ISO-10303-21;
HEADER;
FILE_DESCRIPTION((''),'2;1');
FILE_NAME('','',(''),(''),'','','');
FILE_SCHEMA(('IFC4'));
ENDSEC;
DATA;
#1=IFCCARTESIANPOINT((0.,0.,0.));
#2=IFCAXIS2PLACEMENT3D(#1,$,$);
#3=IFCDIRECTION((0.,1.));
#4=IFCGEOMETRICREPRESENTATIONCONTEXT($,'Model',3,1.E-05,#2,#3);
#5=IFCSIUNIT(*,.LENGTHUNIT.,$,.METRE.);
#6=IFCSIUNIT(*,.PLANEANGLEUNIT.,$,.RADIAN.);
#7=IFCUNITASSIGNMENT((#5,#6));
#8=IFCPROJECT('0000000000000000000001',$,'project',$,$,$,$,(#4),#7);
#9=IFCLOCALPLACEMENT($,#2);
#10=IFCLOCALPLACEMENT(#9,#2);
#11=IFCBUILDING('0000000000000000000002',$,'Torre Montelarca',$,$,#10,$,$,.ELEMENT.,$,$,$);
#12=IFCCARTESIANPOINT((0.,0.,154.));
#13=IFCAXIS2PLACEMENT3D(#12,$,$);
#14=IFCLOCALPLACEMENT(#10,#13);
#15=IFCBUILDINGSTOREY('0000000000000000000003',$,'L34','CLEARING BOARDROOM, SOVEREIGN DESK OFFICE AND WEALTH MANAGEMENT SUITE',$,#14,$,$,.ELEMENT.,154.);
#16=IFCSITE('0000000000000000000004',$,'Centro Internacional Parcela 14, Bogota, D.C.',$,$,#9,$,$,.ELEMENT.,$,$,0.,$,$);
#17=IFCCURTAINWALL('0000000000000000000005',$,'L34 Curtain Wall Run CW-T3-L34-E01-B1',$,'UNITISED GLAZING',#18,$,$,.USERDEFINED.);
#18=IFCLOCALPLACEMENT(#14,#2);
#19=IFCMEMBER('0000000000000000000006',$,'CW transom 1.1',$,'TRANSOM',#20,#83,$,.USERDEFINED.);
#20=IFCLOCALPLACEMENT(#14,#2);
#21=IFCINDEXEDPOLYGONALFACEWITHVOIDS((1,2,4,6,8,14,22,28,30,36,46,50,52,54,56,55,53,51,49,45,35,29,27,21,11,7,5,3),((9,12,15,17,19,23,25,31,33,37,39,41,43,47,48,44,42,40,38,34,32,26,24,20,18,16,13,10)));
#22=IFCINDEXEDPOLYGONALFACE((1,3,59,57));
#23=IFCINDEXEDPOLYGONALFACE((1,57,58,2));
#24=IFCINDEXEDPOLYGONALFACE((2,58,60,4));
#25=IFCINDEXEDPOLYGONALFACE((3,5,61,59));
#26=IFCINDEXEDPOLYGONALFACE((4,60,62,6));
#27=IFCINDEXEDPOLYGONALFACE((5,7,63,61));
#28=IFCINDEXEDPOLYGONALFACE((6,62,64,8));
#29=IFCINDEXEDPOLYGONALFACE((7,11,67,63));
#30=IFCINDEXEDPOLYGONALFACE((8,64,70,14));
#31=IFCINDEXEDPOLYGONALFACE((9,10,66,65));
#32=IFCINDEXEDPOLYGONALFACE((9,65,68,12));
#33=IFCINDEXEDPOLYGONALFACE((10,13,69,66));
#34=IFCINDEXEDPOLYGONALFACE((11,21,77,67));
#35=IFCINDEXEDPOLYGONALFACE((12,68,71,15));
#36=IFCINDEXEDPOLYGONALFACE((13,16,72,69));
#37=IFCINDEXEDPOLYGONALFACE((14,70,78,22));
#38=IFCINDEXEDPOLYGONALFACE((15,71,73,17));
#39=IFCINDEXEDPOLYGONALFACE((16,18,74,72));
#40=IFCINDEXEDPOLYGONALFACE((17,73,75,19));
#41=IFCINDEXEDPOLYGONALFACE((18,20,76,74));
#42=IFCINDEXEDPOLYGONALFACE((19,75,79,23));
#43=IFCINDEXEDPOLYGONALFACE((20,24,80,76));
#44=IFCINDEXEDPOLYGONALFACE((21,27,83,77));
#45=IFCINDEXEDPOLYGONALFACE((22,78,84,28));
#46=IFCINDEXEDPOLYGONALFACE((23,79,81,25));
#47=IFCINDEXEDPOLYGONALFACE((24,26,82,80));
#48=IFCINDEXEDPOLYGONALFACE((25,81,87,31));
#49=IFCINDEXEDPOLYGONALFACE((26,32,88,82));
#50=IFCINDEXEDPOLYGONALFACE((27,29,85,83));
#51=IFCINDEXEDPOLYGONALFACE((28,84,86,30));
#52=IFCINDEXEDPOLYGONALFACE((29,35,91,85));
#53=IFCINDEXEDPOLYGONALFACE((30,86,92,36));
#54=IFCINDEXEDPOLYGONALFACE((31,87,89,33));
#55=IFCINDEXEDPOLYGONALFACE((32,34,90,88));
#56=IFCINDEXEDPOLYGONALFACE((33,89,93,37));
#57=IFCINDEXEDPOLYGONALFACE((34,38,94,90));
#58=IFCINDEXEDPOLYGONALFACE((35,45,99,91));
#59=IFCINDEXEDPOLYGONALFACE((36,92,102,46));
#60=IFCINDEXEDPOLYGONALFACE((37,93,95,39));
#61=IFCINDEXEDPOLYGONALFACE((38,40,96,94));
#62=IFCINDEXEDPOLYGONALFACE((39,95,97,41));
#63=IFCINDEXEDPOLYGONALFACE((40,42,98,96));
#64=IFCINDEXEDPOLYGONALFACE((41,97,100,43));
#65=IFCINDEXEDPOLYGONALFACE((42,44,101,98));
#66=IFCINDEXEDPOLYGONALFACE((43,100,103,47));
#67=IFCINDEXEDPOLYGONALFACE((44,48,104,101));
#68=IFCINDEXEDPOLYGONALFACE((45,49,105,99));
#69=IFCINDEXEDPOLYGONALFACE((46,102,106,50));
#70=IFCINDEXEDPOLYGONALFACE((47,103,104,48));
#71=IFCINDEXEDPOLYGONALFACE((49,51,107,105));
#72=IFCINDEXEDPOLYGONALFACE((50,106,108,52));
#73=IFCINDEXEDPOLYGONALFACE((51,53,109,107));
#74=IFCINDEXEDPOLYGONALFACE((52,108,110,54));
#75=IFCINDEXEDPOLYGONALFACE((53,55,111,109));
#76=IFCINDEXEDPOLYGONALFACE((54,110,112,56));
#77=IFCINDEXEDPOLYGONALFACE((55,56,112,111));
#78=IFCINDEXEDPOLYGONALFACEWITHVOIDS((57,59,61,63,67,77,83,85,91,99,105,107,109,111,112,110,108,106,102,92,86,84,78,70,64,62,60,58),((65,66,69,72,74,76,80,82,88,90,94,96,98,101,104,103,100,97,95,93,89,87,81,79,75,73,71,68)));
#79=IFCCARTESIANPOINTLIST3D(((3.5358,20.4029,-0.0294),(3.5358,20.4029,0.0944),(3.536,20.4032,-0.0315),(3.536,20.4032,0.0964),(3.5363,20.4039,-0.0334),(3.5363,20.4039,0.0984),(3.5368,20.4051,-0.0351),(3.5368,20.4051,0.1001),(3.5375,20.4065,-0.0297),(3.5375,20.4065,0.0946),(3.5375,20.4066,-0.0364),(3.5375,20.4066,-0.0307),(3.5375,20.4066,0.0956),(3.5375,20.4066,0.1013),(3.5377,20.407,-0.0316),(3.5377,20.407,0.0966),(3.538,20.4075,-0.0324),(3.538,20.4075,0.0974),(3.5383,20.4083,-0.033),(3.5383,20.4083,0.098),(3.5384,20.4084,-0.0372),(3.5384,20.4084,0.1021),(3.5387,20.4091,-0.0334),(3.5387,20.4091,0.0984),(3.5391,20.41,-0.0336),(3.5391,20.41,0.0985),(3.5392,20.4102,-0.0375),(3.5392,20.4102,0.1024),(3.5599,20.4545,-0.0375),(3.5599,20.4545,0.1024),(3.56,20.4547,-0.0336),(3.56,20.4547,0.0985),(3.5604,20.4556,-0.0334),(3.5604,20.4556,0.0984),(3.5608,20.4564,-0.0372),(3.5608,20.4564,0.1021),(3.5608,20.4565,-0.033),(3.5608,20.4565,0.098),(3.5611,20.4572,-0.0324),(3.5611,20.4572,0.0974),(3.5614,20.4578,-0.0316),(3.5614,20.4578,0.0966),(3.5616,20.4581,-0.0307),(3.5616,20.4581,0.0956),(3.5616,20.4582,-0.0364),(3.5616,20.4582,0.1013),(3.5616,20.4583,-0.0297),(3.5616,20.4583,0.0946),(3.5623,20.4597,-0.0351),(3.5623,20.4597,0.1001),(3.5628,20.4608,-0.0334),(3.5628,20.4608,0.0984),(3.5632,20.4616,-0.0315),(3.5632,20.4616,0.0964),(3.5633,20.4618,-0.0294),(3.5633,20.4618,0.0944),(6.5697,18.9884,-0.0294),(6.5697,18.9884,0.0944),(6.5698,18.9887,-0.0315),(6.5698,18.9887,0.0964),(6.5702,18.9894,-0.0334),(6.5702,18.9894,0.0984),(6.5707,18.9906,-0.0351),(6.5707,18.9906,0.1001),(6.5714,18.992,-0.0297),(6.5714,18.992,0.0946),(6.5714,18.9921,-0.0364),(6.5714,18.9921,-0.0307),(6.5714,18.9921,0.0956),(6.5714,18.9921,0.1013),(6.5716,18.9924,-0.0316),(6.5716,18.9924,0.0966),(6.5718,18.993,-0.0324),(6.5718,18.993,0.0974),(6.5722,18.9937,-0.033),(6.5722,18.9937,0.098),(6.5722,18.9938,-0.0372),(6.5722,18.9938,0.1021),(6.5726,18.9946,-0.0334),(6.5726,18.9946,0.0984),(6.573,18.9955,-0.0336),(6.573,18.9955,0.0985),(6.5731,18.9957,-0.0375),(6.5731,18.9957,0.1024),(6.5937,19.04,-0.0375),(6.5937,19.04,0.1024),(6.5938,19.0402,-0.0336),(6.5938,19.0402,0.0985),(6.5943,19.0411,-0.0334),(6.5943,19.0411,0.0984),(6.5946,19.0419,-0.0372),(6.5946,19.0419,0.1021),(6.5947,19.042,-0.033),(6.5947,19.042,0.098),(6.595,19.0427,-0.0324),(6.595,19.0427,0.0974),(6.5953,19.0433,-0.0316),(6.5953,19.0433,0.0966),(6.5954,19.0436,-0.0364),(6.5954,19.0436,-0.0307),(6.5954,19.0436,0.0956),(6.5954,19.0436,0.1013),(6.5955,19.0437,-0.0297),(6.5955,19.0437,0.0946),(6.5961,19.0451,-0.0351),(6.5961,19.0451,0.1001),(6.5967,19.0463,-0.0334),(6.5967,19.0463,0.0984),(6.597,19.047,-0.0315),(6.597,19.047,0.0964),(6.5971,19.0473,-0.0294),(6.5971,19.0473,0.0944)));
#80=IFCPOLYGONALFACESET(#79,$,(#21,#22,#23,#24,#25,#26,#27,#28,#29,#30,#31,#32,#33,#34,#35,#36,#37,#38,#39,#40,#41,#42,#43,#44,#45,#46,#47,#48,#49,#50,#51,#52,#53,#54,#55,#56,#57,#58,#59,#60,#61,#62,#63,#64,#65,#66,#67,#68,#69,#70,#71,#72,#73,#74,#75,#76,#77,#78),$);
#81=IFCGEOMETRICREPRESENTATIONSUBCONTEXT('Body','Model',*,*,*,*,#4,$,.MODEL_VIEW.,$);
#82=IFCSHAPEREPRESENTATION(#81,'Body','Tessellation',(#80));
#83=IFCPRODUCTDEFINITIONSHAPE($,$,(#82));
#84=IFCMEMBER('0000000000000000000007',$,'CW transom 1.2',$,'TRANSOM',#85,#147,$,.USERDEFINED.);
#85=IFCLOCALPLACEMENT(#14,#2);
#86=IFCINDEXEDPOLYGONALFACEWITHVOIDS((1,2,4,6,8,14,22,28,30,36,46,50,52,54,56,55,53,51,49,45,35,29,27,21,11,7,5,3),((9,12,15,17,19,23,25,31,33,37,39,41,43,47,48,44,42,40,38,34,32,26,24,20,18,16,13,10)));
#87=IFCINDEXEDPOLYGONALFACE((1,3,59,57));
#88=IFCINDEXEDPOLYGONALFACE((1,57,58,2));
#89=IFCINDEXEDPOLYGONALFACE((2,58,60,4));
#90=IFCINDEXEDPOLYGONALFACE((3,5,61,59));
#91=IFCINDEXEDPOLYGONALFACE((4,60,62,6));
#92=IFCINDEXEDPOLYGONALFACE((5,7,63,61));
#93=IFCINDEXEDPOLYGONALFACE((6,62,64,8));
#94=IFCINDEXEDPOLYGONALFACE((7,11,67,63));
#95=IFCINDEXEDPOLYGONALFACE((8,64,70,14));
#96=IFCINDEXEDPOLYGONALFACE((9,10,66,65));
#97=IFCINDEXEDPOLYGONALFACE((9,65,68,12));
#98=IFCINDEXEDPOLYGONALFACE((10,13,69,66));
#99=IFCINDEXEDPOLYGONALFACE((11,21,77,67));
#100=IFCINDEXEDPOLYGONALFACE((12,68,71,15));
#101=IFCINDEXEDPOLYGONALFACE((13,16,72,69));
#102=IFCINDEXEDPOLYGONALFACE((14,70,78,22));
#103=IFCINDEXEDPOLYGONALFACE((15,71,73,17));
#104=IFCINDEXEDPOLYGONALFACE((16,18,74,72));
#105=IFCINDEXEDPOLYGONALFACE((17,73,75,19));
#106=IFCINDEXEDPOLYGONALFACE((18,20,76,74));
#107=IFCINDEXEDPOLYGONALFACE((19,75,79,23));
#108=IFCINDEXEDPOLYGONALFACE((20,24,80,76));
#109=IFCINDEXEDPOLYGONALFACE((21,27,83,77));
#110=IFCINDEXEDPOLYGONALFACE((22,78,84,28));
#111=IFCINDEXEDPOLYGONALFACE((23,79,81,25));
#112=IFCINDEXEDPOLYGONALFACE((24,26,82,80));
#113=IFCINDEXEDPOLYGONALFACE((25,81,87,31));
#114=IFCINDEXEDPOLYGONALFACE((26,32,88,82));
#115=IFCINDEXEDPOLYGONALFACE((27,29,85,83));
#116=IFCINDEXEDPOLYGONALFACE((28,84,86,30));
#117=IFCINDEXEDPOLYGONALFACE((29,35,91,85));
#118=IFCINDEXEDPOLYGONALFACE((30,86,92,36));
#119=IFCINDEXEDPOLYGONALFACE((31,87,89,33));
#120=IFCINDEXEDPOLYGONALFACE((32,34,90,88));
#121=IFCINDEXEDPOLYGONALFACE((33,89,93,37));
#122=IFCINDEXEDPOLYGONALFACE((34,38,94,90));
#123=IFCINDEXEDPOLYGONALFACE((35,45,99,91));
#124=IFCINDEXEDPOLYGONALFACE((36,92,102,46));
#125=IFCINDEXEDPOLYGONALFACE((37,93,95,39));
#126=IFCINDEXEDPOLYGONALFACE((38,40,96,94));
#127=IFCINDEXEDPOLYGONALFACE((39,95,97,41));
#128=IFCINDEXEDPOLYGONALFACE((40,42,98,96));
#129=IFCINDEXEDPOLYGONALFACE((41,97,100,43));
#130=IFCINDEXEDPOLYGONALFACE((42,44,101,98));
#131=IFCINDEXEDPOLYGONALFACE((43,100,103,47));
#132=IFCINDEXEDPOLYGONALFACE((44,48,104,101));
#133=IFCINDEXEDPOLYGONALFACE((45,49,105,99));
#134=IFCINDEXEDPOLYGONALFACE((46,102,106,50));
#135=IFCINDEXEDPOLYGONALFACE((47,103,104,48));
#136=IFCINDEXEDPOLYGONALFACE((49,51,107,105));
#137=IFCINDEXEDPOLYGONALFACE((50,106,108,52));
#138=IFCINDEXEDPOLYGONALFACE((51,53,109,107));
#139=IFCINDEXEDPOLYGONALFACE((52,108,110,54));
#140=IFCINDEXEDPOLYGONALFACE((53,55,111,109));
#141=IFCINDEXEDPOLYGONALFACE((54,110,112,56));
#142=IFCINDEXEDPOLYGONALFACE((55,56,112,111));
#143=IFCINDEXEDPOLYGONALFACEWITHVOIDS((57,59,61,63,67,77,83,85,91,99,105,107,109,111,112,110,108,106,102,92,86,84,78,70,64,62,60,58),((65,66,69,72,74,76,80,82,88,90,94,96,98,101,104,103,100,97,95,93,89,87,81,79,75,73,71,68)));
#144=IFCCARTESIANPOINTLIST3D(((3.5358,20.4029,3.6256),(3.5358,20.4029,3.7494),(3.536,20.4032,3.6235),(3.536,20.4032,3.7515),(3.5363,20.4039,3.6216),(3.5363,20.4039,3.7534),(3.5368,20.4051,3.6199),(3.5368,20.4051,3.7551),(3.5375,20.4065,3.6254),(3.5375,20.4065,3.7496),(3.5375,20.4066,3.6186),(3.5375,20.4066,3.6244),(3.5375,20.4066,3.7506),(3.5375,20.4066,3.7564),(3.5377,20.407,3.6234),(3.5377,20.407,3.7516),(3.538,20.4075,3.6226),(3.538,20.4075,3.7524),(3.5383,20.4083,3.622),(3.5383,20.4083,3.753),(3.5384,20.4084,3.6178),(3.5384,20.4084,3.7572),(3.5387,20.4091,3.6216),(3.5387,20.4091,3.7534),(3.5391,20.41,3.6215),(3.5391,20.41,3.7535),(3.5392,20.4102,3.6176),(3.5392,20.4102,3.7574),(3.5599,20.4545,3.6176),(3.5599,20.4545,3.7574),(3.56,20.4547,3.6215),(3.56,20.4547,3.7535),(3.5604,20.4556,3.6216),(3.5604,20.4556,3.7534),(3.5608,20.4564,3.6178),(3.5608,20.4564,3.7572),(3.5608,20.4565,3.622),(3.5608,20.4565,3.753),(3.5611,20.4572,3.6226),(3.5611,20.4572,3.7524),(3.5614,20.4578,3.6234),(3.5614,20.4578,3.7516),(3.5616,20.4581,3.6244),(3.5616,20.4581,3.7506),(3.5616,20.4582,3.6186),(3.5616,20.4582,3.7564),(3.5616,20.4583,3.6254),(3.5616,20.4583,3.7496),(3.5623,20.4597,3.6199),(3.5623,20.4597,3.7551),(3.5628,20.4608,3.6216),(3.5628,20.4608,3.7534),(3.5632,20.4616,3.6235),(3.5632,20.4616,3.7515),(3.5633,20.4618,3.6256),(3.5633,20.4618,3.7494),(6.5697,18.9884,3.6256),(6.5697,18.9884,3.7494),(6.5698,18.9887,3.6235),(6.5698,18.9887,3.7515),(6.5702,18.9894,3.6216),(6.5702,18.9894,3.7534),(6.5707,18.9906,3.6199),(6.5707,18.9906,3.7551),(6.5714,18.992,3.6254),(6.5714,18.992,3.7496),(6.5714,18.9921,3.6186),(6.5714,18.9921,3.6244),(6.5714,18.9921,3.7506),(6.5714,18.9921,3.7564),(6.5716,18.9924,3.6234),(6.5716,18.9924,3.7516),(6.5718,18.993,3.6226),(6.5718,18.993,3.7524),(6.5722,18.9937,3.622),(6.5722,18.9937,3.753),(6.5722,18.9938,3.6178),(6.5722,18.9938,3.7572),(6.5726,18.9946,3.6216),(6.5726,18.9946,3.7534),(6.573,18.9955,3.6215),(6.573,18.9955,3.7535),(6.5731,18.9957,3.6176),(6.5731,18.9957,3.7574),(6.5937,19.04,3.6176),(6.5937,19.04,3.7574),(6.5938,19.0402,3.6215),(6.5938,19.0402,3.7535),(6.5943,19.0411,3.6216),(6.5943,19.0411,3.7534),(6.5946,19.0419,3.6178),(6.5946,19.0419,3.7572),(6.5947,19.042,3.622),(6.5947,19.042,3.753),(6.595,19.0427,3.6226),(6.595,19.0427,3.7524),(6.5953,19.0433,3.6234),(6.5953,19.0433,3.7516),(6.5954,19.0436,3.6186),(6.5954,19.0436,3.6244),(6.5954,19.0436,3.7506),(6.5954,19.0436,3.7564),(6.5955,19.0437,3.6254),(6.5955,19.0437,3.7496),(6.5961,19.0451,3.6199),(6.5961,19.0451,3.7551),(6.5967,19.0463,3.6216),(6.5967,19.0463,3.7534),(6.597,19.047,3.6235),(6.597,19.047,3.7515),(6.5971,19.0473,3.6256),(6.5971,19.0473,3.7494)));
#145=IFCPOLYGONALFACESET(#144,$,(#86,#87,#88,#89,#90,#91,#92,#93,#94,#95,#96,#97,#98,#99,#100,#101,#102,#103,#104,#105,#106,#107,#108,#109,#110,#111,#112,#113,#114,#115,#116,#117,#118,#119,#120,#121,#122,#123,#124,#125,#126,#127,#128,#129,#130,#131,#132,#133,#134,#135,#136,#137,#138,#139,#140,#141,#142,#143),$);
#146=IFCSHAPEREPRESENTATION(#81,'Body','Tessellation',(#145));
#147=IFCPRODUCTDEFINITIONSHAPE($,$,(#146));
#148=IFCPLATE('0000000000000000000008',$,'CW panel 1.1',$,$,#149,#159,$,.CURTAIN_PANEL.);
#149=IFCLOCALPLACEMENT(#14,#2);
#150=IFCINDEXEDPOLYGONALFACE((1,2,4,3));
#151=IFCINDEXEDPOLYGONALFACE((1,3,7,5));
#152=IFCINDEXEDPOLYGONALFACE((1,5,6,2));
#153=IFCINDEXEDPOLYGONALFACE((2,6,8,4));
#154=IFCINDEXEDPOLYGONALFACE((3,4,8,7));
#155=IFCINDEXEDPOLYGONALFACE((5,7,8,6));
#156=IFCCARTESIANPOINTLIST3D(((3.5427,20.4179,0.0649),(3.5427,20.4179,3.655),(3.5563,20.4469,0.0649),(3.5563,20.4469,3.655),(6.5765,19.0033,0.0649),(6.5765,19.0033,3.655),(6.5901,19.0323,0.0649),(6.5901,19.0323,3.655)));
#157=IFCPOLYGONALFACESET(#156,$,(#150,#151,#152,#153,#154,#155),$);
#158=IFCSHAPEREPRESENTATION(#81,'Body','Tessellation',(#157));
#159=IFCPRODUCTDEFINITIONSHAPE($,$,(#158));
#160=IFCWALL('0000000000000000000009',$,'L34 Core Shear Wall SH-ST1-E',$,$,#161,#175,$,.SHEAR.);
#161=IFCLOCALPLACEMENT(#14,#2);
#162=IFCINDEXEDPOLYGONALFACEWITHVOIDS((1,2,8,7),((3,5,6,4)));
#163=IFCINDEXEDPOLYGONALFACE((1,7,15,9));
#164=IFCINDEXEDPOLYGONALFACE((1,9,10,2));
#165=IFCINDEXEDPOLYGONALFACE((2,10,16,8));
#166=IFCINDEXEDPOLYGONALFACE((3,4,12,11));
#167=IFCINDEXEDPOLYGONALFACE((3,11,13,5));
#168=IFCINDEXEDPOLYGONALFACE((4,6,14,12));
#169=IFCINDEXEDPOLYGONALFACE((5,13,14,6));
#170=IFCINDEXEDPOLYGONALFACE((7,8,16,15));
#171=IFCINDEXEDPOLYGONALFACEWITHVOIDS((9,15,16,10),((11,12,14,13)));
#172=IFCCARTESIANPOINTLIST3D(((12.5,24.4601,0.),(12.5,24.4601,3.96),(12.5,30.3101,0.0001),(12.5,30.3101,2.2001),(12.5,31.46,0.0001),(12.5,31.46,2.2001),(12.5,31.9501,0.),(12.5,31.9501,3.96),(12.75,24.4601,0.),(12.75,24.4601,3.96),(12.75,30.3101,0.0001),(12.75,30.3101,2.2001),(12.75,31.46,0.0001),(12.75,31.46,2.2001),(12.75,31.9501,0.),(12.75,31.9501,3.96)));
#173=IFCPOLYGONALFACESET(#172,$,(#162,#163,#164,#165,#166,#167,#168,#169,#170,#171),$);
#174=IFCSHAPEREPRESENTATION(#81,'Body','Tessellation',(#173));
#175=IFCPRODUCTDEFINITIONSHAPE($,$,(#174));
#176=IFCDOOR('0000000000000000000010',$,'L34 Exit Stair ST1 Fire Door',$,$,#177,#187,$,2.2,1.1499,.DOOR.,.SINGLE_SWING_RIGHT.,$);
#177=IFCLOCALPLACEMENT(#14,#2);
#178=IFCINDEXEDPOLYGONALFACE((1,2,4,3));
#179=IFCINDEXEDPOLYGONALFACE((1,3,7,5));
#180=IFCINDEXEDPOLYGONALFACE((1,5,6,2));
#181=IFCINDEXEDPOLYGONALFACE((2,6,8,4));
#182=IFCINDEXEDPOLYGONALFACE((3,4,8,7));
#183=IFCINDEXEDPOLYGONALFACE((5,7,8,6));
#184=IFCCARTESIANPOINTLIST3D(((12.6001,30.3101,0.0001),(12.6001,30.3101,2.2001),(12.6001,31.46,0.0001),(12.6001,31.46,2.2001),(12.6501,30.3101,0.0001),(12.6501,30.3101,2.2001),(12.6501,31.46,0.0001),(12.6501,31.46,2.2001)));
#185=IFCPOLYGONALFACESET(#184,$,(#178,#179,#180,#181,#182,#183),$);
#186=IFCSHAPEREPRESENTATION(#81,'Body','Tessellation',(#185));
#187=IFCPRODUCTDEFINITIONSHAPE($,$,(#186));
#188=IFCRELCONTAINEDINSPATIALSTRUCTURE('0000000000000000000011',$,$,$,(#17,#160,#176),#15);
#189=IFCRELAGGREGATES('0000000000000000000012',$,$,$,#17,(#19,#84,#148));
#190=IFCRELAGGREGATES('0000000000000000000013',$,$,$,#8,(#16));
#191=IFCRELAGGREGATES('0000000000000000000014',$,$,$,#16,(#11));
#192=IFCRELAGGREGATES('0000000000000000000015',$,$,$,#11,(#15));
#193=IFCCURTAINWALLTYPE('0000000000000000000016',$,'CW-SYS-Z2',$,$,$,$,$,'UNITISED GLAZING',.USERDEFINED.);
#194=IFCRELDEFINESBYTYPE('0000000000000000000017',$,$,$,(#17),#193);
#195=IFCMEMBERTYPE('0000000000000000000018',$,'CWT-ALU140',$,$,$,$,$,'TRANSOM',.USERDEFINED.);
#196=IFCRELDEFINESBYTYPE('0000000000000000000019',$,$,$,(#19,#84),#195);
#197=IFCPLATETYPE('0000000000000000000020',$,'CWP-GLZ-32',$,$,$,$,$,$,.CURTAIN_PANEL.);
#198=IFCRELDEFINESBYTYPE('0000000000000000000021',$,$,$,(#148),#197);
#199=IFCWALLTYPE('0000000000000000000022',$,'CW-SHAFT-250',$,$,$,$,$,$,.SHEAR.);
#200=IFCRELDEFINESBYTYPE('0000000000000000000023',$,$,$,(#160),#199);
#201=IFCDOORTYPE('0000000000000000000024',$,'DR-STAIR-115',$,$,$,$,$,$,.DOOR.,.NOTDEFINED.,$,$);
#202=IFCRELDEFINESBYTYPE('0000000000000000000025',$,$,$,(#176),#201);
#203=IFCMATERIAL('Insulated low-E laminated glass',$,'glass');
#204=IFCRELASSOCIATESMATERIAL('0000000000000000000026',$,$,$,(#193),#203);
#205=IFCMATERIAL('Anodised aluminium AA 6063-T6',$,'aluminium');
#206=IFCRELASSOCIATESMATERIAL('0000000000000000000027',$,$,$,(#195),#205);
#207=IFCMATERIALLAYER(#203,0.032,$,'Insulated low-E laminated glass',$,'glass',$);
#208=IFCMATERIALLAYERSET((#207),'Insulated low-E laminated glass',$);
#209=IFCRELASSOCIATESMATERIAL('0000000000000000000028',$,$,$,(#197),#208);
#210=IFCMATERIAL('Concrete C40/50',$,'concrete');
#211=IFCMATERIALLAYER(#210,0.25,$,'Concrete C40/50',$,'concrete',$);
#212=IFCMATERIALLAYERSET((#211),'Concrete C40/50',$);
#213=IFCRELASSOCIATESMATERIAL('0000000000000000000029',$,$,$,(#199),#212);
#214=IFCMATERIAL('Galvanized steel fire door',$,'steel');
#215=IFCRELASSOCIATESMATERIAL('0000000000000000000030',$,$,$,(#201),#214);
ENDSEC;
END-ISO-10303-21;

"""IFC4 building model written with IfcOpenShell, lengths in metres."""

from ifc_helpers import new_model, si_unit, direction, frame, frame_2d, origin, origin_2d, place, context, subcontext, project, spatial, rectangle, hollow_rectangle, extrude, source, transform, mapped, material, layer, layer_set, material_profile, profile_set, type_object, element, fill, aggregate, save


model = new_model("IFC4")

# Units and contexts
model_context = context("Model", 3, precision=1e-05, world=origin(), true_north=direction((0.0, 1.0)))
body_context = subcontext(model_context, "Body", "Model", "MODEL_VIEW")
ifc_project = project(units=[si_unit("LENGTHUNIT", "METRE"), si_unit("PLANEANGLEUNIT", "RADIAN")], contexts=[model_context])

# Site, building, storey
site_placement = place(None, origin())
site = spatial("IfcSite", under=ifc_project, at=site_placement, Name="Centro Internacional Parcela 14, Bogota, D.C.", CompositionType="ELEMENT", RefElevation=0.0)
building_placement = place(site_placement, origin())
building = spatial("IfcBuilding", under=site, at=building_placement, Name="Torre Montelarca", CompositionType="ELEMENT")
storey_placement = place(building_placement, frame((0.0, 0.0, 154.0)))
storey = spatial("IfcBuildingStorey", under=building, at=storey_placement, Name="L34", Description="CLEARING BOARDROOM, SOVEREIGN DESK OFFICE AND WEALTH MANAGEMENT SUITE", CompositionType="ELEMENT", Elevation=154.0)

# Curtain wall, members, plate
ifc_material_1 = material(Name="Insulated low-E laminated glass", Category="glass")
curtain_wall_type = type_object("IfcCurtainWallType", Name="CW-SYS-Z2", ElementType="UNITISED GLAZING", PredefinedType="USERDEFINED", material=ifc_material_1)
curtain_wall_placement = place(storey_placement, origin())
curtain_wall = element("IfcCurtainWall", 1, at=curtain_wall_placement, inside=storey, type_object=curtain_wall_type, Name="L34 Curtain Wall Run CW-T3-L34-E01-B1", ObjectType="UNITISED GLAZING", PredefinedType="USERDEFINED")
ifc_material_2 = material(Name="Anodised aluminium AA 6063-T6", Category="aluminium")
ifc_material_profile_1 = material_profile(ifc_material_2, hollow_rectangle(XDim=0.0649, YDim=0.1399, WallThickness=0.0039, InnerFilletRadius=0.0039, OuterFilletRadius=0.0081, at=origin_2d()), Name="ALU65X140X4", Category="aluminium")
ifc_profile_set_1 = profile_set([ifc_material_profile_1], Name="Anodised aluminium AA 6063-T6")
member_type_1 = type_object("IfcMemberType", Name="CWT-ALU140", ElementType="TRANSOM", PredefinedType="USERDEFINED", material=ifc_profile_set_1)
shared_shape_1 = source(origin(), body_context, "Body", "SweptSolid", [
    extrude(hollow_rectangle(XDim=0.0649, YDim=0.1399, WallThickness=0.0039, InnerFilletRadius=0.0039, OuterFilletRadius=0.0081, at=origin_2d()), origin(), (0.0, 0.0, 1.0), 3.3474),
])
member_1_placement = place(storey_placement, frame((3.5496, 20.4324, 0.0325), z_axis=(0.90633, -0.42257, 0.0), x_axis=(0.42257, 0.90633, 0.0)))
member_1 = element("IfcMember", 2, at=member_1_placement, type_object=member_type_1, Name="CW transom 1.1", ObjectType="TRANSOM", PredefinedType="USERDEFINED", context=body_context, shape_type="MappedRepresentation", body=[
    mapped(shared_shape_1, transform((0.0, 0.0, 0.0), scale=1.0)),
])
member_2_placement = place(storey_placement, frame((3.5496, 20.4324, 3.6875), z_axis=(0.90633, -0.42257, 0.0), x_axis=(0.42257, 0.90633, 0.0)))
member_2 = element("IfcMember", 3, at=member_2_placement, type_object=member_type_1, Name="CW transom 1.2", ObjectType="TRANSOM", PredefinedType="USERDEFINED", context=body_context, shape_type="MappedRepresentation", body=[
    mapped(shared_shape_1, transform((0.0, 0.0, 0.0), scale=1.0)),
])
ifc_layer_1 = layer(ifc_material_1, 0.032, Name="Insulated low-E laminated glass", Category="glass")
ifc_layer_set_1 = layer_set([ifc_layer_1], Name="Insulated low-E laminated glass")
plate_type = type_object("IfcPlateType", Name="CWP-GLZ-32", PredefinedType="CURTAIN_PANEL", material=ifc_layer_set_1)
shared_shape_2 = source(origin(), body_context, "Body", "SweptSolid", [
    extrude(rectangle(XDim=3.3474, YDim=0.032, at=origin_2d()), origin(), (0.0, 0.0, 1.0), 3.5901),
])
plate_placement = place(storey_placement, frame((5.0664, 19.7251, 0.0649), z_axis=(0.0, 0.0, 1.0), x_axis=(0.906311, -0.422611, 0.0)))
plate = element("IfcPlate", 4, at=plate_placement, type_object=plate_type, Name="CW panel 1.1", PredefinedType="CURTAIN_PANEL", context=body_context, shape_type="MappedRepresentation", body=[
    mapped(shared_shape_2, transform((0.0, 0.0, 0.0), scale=1.0)),
])
aggregate(curtain_wall, [member_1, member_2, plate])

# Wall, opening, door
ifc_material_3 = material(Name="Concrete C40/50", Category="concrete")
ifc_layer_2 = layer(ifc_material_3, 0.25, Name="Concrete C40/50", Category="concrete")
ifc_layer_set_2 = layer_set([ifc_layer_2], Name="Concrete C40/50")
wall_type_1 = type_object("IfcWallType", Name="CW-SHAFT-250", PredefinedType="SHEAR", material=ifc_layer_set_2)
wall_1_placement = place(storey_placement, frame((12.625, 24.46, 0.0), z_axis=(0.0, 0.0, 1.0), x_axis=(0.0, 1.0, 0.0)))
wall_1 = element("IfcWall", 5, at=wall_1_placement, inside=storey, type_object=wall_type_1, Name="L34 Core Shear Wall SH-ST1-E", PredefinedType="SHEAR", context=body_context, shape_type="SweptSolid", body=[
    extrude(rectangle(XDim=7.49, YDim=0.25, at=frame_2d((3.7451, 0.0))), origin(), (0.0, 0.0, 1.0), 3.96),
])
opening_1_placement = place(wall_1_placement, frame((5.8501, 0.0, 0.0)))
opening_1 = element("IfcOpeningElement", 6, at=opening_1_placement, cuts=wall_1, PredefinedType="OPENING", context=body_context, shape_type="SweptSolid", body=[
    extrude(rectangle(XDim=1.1499, YDim=2.2, at=frame_2d((0.575, 1.1001))), frame((0.0, 0.135, 0.0), z_axis=(0.0, -1.0, 0.0), x_axis=(1.0, 0.0, 0.0)), (0.0, 0.0, 1.0), 0.27),
])
ifc_material_4 = material(Name="Galvanized steel fire door", Category="steel")
door_type_1 = type_object("IfcDoorType", Name="DR-STAIR-115", OperationType="NOTDEFINED", PredefinedType="DOOR", material=ifc_material_4)
shared_shape_3 = source(origin(), body_context, "Body", "SweptSolid", [
    extrude(rectangle(XDim=1.1499, YDim=2.2, at=frame_2d((0.575, 1.1001))), frame((0.0, 0.0249, 0.0), z_axis=(0.0, -1.0, 0.0), x_axis=(1.0, 0.0, 0.0)), (0.0, 0.0, 1.0), 0.05),
])
door_1_placement = place(opening_1_placement, origin())
door_1 = element("IfcDoor", 7, at=door_1_placement, inside=storey, type_object=door_type_1, Name="L34 Exit Stair ST1 Fire Door", OperationType="SINGLE_SWING_RIGHT", OverallHeight=2.2, OverallWidth=1.1499, PredefinedType="DOOR", context=body_context, shape_type="MappedRepresentation", body=[
    mapped(shared_shape_3, transform((0.0, 0.0, 0.0), scale=1.0)),
])
fill(opening_1, door_1)

save(model, "model.ifc")
